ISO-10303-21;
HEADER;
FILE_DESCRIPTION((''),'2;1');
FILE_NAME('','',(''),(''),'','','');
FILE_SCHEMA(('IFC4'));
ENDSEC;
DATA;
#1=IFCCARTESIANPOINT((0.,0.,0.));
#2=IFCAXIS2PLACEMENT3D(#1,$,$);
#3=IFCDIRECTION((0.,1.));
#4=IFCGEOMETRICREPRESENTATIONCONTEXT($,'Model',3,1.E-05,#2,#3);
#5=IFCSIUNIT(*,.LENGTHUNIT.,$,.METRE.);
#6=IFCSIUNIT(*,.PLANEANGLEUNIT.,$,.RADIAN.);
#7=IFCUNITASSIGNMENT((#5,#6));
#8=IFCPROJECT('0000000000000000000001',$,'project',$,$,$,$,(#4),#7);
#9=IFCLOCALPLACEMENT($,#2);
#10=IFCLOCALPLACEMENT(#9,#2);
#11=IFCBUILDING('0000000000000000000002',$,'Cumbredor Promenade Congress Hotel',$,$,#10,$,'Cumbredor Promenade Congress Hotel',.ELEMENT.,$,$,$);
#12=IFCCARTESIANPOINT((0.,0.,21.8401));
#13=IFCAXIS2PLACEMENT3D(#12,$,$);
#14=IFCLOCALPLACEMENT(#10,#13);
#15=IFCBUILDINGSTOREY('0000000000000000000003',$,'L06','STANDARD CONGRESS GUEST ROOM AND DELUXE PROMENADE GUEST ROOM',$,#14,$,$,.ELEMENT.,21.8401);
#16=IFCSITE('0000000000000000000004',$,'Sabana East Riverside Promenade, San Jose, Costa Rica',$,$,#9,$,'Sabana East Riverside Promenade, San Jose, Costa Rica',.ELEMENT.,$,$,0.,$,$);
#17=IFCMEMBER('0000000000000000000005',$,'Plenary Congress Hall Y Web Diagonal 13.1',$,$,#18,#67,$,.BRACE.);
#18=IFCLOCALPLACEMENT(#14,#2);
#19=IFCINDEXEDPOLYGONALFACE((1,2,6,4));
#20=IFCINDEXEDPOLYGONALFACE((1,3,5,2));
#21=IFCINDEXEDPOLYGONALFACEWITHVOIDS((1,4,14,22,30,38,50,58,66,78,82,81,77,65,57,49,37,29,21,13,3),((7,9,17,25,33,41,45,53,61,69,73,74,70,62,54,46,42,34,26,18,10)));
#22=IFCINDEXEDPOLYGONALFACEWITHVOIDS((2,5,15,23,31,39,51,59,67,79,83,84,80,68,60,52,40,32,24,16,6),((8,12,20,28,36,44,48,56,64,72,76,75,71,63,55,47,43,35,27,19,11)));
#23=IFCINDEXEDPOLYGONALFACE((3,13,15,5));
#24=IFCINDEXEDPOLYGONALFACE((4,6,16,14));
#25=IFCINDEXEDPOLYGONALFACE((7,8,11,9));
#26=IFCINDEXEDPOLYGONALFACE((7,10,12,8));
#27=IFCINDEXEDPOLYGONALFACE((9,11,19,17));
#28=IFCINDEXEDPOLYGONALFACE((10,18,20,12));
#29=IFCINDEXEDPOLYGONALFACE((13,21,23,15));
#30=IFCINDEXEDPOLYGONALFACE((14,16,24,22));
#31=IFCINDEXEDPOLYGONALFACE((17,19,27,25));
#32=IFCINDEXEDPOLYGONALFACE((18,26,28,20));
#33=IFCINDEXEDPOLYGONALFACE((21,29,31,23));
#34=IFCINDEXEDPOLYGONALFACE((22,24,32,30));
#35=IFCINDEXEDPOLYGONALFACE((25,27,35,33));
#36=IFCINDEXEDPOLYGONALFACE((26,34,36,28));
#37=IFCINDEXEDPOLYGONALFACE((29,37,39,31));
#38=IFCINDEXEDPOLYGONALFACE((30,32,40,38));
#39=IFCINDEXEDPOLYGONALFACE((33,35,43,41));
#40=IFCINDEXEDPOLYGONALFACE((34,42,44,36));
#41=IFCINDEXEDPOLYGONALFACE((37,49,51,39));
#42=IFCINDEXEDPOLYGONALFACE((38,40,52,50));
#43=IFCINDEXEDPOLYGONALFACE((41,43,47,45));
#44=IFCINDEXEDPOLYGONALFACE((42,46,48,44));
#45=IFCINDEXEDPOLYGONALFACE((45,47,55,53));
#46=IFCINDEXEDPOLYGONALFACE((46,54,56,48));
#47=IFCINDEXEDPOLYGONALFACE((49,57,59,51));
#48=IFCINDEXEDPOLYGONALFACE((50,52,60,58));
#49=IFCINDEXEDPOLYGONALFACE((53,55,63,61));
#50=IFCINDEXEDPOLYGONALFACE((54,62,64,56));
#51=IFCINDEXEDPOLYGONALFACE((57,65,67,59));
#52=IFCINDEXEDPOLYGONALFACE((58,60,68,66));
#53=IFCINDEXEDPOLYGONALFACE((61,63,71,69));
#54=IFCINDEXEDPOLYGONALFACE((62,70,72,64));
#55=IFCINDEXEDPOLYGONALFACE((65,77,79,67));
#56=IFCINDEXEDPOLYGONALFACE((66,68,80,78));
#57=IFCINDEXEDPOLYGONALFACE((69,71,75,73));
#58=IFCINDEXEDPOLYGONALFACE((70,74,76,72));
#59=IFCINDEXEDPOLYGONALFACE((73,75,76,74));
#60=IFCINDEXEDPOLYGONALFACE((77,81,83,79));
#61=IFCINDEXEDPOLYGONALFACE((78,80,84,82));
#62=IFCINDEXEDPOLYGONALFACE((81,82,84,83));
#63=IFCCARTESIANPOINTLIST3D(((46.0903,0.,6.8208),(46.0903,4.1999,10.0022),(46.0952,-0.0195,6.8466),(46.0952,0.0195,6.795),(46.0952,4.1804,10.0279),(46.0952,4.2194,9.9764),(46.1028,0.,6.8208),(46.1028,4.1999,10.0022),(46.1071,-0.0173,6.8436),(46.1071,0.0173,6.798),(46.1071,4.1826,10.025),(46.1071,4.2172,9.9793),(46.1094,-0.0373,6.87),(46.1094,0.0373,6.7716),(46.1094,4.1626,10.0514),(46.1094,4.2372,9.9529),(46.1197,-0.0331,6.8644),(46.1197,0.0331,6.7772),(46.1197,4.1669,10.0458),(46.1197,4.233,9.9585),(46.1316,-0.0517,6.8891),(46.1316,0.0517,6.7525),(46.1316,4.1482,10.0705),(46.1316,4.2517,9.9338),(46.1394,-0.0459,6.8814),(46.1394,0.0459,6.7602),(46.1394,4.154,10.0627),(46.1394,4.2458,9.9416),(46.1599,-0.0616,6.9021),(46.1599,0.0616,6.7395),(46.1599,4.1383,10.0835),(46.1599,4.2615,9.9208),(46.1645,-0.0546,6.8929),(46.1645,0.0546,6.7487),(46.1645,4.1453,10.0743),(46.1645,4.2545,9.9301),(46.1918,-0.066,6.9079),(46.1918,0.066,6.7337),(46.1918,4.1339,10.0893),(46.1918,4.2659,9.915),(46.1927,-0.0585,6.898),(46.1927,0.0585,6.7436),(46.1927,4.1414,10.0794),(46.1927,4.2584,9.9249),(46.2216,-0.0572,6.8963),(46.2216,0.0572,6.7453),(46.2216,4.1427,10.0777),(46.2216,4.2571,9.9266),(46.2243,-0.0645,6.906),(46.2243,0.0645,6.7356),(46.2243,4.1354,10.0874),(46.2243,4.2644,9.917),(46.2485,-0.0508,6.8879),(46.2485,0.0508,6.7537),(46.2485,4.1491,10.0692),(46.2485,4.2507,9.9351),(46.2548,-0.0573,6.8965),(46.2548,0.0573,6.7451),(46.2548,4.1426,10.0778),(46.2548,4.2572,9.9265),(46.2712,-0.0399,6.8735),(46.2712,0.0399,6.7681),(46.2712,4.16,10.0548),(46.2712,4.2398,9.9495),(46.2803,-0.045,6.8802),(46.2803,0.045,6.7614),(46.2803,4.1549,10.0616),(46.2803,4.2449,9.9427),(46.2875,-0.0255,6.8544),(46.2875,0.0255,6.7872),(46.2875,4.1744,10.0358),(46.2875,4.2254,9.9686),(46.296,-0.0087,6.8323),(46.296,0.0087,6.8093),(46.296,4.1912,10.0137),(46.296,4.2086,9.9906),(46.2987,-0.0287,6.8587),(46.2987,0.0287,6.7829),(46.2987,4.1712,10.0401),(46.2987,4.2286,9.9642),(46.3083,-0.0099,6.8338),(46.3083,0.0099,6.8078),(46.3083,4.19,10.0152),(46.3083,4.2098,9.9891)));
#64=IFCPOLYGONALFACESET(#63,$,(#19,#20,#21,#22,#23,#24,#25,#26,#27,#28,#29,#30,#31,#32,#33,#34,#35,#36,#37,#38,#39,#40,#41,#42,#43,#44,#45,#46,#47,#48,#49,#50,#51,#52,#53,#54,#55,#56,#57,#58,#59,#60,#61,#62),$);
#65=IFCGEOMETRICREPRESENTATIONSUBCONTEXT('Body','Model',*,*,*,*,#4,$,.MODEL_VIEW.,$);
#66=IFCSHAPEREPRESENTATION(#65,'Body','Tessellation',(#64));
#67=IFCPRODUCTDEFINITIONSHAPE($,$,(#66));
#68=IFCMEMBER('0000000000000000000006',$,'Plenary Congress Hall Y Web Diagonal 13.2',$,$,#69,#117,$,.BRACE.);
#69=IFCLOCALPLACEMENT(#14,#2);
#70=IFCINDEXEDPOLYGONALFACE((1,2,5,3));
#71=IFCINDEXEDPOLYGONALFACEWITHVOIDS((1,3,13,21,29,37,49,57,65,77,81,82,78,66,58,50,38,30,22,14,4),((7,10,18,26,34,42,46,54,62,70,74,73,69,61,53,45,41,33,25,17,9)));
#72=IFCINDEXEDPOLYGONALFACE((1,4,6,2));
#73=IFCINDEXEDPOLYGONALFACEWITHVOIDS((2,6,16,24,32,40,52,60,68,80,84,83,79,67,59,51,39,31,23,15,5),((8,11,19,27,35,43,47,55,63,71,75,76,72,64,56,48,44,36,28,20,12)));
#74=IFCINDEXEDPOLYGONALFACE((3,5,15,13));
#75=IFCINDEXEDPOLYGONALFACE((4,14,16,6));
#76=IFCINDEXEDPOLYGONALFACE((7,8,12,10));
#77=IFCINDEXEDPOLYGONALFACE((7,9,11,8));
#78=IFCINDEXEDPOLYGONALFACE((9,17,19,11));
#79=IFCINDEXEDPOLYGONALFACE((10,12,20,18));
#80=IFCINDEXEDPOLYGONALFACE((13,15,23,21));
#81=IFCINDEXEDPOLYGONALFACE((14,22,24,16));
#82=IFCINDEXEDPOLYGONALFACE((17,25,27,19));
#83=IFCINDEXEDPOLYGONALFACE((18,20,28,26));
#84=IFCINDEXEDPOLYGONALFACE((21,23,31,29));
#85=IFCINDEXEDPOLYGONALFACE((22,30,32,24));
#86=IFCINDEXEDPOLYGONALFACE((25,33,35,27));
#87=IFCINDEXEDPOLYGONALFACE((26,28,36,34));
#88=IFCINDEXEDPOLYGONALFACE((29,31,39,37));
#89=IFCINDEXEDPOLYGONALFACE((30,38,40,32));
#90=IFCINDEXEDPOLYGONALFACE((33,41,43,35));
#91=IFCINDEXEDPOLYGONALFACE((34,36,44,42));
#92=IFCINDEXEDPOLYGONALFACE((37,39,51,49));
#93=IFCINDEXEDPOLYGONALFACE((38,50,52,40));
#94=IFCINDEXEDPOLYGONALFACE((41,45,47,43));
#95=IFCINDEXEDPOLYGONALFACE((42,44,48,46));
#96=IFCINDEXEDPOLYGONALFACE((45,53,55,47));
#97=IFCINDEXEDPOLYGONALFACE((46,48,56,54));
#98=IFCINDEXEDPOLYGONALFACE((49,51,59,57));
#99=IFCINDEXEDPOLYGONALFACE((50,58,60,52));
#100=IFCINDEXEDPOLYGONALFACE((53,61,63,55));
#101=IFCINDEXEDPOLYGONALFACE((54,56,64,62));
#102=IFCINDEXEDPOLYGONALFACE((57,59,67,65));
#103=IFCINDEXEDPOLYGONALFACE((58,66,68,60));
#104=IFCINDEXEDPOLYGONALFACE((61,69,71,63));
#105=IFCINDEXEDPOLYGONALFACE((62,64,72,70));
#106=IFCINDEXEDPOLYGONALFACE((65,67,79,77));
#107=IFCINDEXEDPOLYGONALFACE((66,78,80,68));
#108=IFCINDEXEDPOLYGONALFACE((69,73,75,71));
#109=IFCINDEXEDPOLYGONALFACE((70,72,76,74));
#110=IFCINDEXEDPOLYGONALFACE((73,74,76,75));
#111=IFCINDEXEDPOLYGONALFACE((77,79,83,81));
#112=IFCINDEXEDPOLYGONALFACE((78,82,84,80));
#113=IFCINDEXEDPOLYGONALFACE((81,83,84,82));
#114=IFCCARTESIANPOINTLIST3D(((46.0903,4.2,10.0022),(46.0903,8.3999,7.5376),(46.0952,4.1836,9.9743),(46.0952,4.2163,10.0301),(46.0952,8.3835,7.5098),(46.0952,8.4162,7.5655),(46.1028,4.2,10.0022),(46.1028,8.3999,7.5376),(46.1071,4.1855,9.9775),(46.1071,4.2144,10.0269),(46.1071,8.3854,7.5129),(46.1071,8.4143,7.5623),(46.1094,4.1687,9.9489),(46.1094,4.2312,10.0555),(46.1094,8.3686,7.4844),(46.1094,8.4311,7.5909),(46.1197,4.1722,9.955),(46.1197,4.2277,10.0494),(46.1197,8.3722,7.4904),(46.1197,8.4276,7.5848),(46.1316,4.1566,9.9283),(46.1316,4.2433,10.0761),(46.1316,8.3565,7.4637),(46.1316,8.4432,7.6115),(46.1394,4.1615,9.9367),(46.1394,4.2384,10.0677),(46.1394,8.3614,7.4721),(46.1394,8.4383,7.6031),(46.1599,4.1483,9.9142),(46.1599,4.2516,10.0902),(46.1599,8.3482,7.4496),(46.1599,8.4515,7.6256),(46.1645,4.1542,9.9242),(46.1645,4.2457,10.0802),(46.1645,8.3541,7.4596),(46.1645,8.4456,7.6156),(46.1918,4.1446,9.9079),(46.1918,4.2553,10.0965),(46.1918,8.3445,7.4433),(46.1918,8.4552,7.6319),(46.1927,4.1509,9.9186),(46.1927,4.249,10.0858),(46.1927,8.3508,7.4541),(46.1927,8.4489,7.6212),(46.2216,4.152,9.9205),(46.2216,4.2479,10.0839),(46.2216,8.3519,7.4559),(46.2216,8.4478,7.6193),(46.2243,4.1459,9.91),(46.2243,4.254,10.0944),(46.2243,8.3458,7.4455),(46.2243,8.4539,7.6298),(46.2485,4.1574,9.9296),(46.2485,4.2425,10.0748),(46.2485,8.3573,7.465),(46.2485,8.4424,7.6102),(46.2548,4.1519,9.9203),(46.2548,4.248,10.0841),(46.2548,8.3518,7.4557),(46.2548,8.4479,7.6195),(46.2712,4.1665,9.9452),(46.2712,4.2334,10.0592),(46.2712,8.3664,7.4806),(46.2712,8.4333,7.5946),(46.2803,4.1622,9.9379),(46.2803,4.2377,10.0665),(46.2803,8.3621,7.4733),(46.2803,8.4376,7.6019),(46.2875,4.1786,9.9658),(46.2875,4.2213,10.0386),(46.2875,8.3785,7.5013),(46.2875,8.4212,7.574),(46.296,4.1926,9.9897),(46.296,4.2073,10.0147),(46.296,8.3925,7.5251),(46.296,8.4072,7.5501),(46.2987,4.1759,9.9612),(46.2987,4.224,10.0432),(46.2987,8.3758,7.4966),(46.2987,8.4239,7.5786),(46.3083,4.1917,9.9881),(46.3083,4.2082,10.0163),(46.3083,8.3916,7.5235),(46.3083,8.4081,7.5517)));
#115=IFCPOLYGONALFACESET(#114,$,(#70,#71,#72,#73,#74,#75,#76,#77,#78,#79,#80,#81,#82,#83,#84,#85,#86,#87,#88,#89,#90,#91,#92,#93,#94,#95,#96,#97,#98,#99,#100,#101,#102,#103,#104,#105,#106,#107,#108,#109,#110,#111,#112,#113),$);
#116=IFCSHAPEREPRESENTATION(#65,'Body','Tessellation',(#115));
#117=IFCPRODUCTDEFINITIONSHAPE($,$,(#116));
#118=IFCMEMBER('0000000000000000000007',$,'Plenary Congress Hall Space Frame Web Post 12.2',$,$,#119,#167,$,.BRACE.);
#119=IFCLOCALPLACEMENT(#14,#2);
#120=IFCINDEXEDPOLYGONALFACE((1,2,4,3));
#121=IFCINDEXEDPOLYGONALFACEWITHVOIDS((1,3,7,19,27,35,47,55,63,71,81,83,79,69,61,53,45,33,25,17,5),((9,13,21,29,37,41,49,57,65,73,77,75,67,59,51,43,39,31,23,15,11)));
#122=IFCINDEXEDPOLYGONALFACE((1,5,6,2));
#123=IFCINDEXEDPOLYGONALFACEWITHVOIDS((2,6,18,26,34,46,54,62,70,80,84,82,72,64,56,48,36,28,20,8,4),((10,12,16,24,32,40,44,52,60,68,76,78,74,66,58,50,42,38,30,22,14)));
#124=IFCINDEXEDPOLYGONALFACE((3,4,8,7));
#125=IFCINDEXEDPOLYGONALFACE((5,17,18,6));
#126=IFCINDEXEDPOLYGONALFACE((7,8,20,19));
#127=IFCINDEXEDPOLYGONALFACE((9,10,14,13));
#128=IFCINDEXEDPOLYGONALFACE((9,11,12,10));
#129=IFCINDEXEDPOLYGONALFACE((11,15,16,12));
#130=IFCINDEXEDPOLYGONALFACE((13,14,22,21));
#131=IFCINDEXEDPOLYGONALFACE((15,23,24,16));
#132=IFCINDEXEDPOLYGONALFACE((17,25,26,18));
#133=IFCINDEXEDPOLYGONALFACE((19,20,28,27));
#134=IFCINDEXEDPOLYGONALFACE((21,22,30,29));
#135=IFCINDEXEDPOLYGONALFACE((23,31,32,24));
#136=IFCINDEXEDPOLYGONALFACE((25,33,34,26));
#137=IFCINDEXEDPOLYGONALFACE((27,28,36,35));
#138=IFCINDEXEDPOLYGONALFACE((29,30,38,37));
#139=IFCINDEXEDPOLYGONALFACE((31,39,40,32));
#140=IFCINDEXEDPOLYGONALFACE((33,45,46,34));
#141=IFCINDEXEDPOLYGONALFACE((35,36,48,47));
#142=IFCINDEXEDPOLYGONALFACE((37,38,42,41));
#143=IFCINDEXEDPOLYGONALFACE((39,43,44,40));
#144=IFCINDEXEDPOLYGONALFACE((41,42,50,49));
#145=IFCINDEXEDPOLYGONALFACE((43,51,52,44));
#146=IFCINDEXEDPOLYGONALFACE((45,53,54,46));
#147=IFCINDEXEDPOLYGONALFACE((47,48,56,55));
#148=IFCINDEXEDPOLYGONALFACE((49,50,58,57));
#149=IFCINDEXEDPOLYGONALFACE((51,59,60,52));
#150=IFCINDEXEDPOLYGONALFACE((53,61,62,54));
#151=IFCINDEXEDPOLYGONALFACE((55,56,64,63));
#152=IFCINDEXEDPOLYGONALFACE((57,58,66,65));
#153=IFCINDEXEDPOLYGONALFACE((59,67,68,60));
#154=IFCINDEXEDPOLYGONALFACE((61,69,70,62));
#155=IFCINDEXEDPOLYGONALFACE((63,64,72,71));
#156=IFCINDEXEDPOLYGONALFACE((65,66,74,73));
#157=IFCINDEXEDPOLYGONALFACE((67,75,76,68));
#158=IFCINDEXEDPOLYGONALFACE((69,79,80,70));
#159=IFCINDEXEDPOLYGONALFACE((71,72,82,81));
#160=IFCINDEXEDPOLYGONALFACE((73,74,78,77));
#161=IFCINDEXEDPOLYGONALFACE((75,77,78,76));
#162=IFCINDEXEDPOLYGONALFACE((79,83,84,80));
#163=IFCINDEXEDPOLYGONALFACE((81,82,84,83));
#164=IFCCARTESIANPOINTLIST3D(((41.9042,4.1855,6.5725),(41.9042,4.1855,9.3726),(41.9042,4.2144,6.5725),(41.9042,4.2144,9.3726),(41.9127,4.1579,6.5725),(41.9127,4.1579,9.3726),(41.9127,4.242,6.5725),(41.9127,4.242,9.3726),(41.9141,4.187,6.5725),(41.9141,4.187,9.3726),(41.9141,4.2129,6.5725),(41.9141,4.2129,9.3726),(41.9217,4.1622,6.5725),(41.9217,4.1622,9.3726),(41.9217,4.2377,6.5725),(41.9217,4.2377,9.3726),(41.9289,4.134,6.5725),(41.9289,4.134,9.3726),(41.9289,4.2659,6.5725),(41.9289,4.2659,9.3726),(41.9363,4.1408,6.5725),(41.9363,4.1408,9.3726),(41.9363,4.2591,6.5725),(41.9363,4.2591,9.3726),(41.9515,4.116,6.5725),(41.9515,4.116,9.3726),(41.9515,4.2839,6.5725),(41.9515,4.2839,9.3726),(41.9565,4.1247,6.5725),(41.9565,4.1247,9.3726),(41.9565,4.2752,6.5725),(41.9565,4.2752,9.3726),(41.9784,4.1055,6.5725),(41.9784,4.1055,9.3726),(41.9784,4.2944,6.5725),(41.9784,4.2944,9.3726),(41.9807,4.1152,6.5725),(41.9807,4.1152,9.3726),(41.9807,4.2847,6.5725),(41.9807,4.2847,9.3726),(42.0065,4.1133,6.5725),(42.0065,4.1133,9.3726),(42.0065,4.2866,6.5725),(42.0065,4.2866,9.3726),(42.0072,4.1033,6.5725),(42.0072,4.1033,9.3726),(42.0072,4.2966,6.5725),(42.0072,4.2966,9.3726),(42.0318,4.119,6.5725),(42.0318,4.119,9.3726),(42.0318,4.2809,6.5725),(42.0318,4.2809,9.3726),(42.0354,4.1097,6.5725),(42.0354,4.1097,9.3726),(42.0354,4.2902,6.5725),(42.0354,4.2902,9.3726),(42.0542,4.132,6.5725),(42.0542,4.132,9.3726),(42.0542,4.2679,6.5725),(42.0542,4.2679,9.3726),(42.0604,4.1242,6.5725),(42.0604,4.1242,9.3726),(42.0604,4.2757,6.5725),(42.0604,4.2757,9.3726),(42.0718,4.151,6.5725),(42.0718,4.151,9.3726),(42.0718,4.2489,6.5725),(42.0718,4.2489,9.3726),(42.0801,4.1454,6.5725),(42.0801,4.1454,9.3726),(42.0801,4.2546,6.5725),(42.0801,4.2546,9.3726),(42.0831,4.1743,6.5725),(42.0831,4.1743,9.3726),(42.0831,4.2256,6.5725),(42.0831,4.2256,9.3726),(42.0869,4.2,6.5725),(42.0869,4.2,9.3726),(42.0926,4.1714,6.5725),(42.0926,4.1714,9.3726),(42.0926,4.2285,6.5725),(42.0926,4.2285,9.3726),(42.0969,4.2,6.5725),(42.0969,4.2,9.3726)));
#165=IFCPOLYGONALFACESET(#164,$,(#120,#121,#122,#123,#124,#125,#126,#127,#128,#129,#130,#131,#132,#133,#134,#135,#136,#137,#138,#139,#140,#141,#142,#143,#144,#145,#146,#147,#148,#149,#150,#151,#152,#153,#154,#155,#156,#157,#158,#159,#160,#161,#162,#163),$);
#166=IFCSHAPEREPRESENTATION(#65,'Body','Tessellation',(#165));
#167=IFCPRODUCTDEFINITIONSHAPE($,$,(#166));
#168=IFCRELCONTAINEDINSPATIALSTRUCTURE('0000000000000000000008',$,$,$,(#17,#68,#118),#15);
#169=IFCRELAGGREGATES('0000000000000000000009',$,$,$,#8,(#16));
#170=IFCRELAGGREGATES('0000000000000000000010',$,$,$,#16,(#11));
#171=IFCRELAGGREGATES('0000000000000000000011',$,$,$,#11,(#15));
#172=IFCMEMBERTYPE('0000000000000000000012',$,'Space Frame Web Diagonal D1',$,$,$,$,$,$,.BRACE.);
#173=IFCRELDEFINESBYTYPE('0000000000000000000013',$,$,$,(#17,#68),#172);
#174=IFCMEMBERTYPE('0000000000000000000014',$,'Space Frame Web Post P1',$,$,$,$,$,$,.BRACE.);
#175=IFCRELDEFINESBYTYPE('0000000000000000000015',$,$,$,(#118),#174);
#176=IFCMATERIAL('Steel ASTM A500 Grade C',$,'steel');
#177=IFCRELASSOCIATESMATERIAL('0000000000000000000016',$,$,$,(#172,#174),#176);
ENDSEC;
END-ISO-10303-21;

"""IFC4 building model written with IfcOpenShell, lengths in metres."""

from ifc_helpers import new_model, si_unit, direction, frame, origin, origin_2d, place, context, subcontext, project, spatial, hollow_circle, extrude, material, material_profile, profile_set, type_object, element, save


model = new_model("IFC4")

# Units and contexts
model_context = context("Model", 3, precision=1e-05, world=origin(), true_north=direction((0.0, 1.0)))
body_context = subcontext(model_context, "Body", "Model", "MODEL_VIEW")
ifc_project = project(units=[si_unit("LENGTHUNIT", "METRE"), si_unit("PLANEANGLEUNIT", "RADIAN")], contexts=[model_context])

# Site, building, storey
site_placement = place(None, origin())
site = spatial("IfcSite", under=ifc_project, at=site_placement, Name="Sabana East Riverside Promenade, San Jose, Costa Rica", LongName="Sabana East Riverside Promenade, San Jose, Costa Rica", CompositionType="ELEMENT", RefElevation=0.0)
building_placement = place(site_placement, origin())
building = spatial("IfcBuilding", under=site, at=building_placement, Name="Cumbredor Promenade Congress Hotel", LongName="Cumbredor Promenade Congress Hotel", CompositionType="ELEMENT")
storey_placement = place(building_placement, frame((0.0, 0.0, 21.8401)))
storey = spatial("IfcBuildingStorey", under=building, at=storey_placement, Name="L06", Description="STANDARD CONGRESS GUEST ROOM AND DELUXE PROMENADE GUEST ROOM", CompositionType="ELEMENT", Elevation=21.8401)

# Members
ifc_material_1 = material(Name="Steel ASTM A500 Grade C", Category="steel")
ifc_material_profile_1 = material_profile(ifc_material_1, hollow_circle(Radius=0.1096, WallThickness=0.0125, at=origin_2d()), Name="CHS 219.1x12.5")
ifc_profile_set_1 = profile_set([ifc_material_profile_1], Name="Steel ASTM A500 Grade C")
member_type_1 = type_object("IfcMemberType", Name="Space Frame Web Diagonal D1", PredefinedType="BRACE", material=ifc_profile_set_1)
member_1_placement = place(storey_placement, frame((46.2, 0.0, 6.8208), z_axis=(0.0, 0.797127, 0.603811), x_axis=(-1.0, 0.0, 0.0)))
element("IfcMember", 1, at=member_1_placement, inside=storey, type_object=member_type_1, Name="Plenary Congress Hall Y Web Diagonal 13.1", PredefinedType="BRACE", context=body_context, shape_type="SweptSolid", body=[
    extrude(hollow_circle(Radius=0.1096, WallThickness=0.0125, at=origin_2d()), origin(), (0.0, 0.0, 1.0), 5.2688),
])
member_2_placement = place(storey_placement, frame((46.2, 4.2, 10.0022), z_axis=(0.0, 0.862469, -0.506111), x_axis=(-1.0, 0.0, 0.0)))
element("IfcMember", 2, at=member_2_placement, inside=storey, type_object=member_type_1, Name="Plenary Congress Hall Y Web Diagonal 13.2", PredefinedType="BRACE", context=body_context, shape_type="SweptSolid", body=[
    extrude(hollow_circle(Radius=0.1096, WallThickness=0.0125, at=origin_2d()), origin(), (0.0, 0.0, 1.0), 4.8696),
])
ifc_material_profile_2 = material_profile(ifc_material_1, hollow_circle(Radius=0.0969, WallThickness=0.01, at=origin_2d()), Name="CHS 193.7x10")
ifc_profile_set_2 = profile_set([ifc_material_profile_2], Name="Steel ASTM A500 Grade C")
member_type_2 = type_object("IfcMemberType", Name="Space Frame Web Post P1", PredefinedType="BRACE", material=ifc_profile_set_2)
for number, where, z_axis, x_axis, name in (
    (3, (42.0, 4.2, 6.5725), (0.0, 0.0, 1.0), (1.0, 0.0, 0.0), "Plenary Congress Hall Space Frame Web Post 12.2"),
):
    element("IfcMember", number, at=place(storey_placement, frame(where, z_axis=z_axis, x_axis=x_axis)), inside=storey, type_object=member_type_2, Name=name, PredefinedType="BRACE", context=body_context, shape_type="SweptSolid", body=[
        extrude(hollow_circle(Radius=0.0969, WallThickness=0.01, at=origin_2d()), origin(), (0.0, 0.0, 1.0), 2.8),
    ])

save(model, "model.ifc")
